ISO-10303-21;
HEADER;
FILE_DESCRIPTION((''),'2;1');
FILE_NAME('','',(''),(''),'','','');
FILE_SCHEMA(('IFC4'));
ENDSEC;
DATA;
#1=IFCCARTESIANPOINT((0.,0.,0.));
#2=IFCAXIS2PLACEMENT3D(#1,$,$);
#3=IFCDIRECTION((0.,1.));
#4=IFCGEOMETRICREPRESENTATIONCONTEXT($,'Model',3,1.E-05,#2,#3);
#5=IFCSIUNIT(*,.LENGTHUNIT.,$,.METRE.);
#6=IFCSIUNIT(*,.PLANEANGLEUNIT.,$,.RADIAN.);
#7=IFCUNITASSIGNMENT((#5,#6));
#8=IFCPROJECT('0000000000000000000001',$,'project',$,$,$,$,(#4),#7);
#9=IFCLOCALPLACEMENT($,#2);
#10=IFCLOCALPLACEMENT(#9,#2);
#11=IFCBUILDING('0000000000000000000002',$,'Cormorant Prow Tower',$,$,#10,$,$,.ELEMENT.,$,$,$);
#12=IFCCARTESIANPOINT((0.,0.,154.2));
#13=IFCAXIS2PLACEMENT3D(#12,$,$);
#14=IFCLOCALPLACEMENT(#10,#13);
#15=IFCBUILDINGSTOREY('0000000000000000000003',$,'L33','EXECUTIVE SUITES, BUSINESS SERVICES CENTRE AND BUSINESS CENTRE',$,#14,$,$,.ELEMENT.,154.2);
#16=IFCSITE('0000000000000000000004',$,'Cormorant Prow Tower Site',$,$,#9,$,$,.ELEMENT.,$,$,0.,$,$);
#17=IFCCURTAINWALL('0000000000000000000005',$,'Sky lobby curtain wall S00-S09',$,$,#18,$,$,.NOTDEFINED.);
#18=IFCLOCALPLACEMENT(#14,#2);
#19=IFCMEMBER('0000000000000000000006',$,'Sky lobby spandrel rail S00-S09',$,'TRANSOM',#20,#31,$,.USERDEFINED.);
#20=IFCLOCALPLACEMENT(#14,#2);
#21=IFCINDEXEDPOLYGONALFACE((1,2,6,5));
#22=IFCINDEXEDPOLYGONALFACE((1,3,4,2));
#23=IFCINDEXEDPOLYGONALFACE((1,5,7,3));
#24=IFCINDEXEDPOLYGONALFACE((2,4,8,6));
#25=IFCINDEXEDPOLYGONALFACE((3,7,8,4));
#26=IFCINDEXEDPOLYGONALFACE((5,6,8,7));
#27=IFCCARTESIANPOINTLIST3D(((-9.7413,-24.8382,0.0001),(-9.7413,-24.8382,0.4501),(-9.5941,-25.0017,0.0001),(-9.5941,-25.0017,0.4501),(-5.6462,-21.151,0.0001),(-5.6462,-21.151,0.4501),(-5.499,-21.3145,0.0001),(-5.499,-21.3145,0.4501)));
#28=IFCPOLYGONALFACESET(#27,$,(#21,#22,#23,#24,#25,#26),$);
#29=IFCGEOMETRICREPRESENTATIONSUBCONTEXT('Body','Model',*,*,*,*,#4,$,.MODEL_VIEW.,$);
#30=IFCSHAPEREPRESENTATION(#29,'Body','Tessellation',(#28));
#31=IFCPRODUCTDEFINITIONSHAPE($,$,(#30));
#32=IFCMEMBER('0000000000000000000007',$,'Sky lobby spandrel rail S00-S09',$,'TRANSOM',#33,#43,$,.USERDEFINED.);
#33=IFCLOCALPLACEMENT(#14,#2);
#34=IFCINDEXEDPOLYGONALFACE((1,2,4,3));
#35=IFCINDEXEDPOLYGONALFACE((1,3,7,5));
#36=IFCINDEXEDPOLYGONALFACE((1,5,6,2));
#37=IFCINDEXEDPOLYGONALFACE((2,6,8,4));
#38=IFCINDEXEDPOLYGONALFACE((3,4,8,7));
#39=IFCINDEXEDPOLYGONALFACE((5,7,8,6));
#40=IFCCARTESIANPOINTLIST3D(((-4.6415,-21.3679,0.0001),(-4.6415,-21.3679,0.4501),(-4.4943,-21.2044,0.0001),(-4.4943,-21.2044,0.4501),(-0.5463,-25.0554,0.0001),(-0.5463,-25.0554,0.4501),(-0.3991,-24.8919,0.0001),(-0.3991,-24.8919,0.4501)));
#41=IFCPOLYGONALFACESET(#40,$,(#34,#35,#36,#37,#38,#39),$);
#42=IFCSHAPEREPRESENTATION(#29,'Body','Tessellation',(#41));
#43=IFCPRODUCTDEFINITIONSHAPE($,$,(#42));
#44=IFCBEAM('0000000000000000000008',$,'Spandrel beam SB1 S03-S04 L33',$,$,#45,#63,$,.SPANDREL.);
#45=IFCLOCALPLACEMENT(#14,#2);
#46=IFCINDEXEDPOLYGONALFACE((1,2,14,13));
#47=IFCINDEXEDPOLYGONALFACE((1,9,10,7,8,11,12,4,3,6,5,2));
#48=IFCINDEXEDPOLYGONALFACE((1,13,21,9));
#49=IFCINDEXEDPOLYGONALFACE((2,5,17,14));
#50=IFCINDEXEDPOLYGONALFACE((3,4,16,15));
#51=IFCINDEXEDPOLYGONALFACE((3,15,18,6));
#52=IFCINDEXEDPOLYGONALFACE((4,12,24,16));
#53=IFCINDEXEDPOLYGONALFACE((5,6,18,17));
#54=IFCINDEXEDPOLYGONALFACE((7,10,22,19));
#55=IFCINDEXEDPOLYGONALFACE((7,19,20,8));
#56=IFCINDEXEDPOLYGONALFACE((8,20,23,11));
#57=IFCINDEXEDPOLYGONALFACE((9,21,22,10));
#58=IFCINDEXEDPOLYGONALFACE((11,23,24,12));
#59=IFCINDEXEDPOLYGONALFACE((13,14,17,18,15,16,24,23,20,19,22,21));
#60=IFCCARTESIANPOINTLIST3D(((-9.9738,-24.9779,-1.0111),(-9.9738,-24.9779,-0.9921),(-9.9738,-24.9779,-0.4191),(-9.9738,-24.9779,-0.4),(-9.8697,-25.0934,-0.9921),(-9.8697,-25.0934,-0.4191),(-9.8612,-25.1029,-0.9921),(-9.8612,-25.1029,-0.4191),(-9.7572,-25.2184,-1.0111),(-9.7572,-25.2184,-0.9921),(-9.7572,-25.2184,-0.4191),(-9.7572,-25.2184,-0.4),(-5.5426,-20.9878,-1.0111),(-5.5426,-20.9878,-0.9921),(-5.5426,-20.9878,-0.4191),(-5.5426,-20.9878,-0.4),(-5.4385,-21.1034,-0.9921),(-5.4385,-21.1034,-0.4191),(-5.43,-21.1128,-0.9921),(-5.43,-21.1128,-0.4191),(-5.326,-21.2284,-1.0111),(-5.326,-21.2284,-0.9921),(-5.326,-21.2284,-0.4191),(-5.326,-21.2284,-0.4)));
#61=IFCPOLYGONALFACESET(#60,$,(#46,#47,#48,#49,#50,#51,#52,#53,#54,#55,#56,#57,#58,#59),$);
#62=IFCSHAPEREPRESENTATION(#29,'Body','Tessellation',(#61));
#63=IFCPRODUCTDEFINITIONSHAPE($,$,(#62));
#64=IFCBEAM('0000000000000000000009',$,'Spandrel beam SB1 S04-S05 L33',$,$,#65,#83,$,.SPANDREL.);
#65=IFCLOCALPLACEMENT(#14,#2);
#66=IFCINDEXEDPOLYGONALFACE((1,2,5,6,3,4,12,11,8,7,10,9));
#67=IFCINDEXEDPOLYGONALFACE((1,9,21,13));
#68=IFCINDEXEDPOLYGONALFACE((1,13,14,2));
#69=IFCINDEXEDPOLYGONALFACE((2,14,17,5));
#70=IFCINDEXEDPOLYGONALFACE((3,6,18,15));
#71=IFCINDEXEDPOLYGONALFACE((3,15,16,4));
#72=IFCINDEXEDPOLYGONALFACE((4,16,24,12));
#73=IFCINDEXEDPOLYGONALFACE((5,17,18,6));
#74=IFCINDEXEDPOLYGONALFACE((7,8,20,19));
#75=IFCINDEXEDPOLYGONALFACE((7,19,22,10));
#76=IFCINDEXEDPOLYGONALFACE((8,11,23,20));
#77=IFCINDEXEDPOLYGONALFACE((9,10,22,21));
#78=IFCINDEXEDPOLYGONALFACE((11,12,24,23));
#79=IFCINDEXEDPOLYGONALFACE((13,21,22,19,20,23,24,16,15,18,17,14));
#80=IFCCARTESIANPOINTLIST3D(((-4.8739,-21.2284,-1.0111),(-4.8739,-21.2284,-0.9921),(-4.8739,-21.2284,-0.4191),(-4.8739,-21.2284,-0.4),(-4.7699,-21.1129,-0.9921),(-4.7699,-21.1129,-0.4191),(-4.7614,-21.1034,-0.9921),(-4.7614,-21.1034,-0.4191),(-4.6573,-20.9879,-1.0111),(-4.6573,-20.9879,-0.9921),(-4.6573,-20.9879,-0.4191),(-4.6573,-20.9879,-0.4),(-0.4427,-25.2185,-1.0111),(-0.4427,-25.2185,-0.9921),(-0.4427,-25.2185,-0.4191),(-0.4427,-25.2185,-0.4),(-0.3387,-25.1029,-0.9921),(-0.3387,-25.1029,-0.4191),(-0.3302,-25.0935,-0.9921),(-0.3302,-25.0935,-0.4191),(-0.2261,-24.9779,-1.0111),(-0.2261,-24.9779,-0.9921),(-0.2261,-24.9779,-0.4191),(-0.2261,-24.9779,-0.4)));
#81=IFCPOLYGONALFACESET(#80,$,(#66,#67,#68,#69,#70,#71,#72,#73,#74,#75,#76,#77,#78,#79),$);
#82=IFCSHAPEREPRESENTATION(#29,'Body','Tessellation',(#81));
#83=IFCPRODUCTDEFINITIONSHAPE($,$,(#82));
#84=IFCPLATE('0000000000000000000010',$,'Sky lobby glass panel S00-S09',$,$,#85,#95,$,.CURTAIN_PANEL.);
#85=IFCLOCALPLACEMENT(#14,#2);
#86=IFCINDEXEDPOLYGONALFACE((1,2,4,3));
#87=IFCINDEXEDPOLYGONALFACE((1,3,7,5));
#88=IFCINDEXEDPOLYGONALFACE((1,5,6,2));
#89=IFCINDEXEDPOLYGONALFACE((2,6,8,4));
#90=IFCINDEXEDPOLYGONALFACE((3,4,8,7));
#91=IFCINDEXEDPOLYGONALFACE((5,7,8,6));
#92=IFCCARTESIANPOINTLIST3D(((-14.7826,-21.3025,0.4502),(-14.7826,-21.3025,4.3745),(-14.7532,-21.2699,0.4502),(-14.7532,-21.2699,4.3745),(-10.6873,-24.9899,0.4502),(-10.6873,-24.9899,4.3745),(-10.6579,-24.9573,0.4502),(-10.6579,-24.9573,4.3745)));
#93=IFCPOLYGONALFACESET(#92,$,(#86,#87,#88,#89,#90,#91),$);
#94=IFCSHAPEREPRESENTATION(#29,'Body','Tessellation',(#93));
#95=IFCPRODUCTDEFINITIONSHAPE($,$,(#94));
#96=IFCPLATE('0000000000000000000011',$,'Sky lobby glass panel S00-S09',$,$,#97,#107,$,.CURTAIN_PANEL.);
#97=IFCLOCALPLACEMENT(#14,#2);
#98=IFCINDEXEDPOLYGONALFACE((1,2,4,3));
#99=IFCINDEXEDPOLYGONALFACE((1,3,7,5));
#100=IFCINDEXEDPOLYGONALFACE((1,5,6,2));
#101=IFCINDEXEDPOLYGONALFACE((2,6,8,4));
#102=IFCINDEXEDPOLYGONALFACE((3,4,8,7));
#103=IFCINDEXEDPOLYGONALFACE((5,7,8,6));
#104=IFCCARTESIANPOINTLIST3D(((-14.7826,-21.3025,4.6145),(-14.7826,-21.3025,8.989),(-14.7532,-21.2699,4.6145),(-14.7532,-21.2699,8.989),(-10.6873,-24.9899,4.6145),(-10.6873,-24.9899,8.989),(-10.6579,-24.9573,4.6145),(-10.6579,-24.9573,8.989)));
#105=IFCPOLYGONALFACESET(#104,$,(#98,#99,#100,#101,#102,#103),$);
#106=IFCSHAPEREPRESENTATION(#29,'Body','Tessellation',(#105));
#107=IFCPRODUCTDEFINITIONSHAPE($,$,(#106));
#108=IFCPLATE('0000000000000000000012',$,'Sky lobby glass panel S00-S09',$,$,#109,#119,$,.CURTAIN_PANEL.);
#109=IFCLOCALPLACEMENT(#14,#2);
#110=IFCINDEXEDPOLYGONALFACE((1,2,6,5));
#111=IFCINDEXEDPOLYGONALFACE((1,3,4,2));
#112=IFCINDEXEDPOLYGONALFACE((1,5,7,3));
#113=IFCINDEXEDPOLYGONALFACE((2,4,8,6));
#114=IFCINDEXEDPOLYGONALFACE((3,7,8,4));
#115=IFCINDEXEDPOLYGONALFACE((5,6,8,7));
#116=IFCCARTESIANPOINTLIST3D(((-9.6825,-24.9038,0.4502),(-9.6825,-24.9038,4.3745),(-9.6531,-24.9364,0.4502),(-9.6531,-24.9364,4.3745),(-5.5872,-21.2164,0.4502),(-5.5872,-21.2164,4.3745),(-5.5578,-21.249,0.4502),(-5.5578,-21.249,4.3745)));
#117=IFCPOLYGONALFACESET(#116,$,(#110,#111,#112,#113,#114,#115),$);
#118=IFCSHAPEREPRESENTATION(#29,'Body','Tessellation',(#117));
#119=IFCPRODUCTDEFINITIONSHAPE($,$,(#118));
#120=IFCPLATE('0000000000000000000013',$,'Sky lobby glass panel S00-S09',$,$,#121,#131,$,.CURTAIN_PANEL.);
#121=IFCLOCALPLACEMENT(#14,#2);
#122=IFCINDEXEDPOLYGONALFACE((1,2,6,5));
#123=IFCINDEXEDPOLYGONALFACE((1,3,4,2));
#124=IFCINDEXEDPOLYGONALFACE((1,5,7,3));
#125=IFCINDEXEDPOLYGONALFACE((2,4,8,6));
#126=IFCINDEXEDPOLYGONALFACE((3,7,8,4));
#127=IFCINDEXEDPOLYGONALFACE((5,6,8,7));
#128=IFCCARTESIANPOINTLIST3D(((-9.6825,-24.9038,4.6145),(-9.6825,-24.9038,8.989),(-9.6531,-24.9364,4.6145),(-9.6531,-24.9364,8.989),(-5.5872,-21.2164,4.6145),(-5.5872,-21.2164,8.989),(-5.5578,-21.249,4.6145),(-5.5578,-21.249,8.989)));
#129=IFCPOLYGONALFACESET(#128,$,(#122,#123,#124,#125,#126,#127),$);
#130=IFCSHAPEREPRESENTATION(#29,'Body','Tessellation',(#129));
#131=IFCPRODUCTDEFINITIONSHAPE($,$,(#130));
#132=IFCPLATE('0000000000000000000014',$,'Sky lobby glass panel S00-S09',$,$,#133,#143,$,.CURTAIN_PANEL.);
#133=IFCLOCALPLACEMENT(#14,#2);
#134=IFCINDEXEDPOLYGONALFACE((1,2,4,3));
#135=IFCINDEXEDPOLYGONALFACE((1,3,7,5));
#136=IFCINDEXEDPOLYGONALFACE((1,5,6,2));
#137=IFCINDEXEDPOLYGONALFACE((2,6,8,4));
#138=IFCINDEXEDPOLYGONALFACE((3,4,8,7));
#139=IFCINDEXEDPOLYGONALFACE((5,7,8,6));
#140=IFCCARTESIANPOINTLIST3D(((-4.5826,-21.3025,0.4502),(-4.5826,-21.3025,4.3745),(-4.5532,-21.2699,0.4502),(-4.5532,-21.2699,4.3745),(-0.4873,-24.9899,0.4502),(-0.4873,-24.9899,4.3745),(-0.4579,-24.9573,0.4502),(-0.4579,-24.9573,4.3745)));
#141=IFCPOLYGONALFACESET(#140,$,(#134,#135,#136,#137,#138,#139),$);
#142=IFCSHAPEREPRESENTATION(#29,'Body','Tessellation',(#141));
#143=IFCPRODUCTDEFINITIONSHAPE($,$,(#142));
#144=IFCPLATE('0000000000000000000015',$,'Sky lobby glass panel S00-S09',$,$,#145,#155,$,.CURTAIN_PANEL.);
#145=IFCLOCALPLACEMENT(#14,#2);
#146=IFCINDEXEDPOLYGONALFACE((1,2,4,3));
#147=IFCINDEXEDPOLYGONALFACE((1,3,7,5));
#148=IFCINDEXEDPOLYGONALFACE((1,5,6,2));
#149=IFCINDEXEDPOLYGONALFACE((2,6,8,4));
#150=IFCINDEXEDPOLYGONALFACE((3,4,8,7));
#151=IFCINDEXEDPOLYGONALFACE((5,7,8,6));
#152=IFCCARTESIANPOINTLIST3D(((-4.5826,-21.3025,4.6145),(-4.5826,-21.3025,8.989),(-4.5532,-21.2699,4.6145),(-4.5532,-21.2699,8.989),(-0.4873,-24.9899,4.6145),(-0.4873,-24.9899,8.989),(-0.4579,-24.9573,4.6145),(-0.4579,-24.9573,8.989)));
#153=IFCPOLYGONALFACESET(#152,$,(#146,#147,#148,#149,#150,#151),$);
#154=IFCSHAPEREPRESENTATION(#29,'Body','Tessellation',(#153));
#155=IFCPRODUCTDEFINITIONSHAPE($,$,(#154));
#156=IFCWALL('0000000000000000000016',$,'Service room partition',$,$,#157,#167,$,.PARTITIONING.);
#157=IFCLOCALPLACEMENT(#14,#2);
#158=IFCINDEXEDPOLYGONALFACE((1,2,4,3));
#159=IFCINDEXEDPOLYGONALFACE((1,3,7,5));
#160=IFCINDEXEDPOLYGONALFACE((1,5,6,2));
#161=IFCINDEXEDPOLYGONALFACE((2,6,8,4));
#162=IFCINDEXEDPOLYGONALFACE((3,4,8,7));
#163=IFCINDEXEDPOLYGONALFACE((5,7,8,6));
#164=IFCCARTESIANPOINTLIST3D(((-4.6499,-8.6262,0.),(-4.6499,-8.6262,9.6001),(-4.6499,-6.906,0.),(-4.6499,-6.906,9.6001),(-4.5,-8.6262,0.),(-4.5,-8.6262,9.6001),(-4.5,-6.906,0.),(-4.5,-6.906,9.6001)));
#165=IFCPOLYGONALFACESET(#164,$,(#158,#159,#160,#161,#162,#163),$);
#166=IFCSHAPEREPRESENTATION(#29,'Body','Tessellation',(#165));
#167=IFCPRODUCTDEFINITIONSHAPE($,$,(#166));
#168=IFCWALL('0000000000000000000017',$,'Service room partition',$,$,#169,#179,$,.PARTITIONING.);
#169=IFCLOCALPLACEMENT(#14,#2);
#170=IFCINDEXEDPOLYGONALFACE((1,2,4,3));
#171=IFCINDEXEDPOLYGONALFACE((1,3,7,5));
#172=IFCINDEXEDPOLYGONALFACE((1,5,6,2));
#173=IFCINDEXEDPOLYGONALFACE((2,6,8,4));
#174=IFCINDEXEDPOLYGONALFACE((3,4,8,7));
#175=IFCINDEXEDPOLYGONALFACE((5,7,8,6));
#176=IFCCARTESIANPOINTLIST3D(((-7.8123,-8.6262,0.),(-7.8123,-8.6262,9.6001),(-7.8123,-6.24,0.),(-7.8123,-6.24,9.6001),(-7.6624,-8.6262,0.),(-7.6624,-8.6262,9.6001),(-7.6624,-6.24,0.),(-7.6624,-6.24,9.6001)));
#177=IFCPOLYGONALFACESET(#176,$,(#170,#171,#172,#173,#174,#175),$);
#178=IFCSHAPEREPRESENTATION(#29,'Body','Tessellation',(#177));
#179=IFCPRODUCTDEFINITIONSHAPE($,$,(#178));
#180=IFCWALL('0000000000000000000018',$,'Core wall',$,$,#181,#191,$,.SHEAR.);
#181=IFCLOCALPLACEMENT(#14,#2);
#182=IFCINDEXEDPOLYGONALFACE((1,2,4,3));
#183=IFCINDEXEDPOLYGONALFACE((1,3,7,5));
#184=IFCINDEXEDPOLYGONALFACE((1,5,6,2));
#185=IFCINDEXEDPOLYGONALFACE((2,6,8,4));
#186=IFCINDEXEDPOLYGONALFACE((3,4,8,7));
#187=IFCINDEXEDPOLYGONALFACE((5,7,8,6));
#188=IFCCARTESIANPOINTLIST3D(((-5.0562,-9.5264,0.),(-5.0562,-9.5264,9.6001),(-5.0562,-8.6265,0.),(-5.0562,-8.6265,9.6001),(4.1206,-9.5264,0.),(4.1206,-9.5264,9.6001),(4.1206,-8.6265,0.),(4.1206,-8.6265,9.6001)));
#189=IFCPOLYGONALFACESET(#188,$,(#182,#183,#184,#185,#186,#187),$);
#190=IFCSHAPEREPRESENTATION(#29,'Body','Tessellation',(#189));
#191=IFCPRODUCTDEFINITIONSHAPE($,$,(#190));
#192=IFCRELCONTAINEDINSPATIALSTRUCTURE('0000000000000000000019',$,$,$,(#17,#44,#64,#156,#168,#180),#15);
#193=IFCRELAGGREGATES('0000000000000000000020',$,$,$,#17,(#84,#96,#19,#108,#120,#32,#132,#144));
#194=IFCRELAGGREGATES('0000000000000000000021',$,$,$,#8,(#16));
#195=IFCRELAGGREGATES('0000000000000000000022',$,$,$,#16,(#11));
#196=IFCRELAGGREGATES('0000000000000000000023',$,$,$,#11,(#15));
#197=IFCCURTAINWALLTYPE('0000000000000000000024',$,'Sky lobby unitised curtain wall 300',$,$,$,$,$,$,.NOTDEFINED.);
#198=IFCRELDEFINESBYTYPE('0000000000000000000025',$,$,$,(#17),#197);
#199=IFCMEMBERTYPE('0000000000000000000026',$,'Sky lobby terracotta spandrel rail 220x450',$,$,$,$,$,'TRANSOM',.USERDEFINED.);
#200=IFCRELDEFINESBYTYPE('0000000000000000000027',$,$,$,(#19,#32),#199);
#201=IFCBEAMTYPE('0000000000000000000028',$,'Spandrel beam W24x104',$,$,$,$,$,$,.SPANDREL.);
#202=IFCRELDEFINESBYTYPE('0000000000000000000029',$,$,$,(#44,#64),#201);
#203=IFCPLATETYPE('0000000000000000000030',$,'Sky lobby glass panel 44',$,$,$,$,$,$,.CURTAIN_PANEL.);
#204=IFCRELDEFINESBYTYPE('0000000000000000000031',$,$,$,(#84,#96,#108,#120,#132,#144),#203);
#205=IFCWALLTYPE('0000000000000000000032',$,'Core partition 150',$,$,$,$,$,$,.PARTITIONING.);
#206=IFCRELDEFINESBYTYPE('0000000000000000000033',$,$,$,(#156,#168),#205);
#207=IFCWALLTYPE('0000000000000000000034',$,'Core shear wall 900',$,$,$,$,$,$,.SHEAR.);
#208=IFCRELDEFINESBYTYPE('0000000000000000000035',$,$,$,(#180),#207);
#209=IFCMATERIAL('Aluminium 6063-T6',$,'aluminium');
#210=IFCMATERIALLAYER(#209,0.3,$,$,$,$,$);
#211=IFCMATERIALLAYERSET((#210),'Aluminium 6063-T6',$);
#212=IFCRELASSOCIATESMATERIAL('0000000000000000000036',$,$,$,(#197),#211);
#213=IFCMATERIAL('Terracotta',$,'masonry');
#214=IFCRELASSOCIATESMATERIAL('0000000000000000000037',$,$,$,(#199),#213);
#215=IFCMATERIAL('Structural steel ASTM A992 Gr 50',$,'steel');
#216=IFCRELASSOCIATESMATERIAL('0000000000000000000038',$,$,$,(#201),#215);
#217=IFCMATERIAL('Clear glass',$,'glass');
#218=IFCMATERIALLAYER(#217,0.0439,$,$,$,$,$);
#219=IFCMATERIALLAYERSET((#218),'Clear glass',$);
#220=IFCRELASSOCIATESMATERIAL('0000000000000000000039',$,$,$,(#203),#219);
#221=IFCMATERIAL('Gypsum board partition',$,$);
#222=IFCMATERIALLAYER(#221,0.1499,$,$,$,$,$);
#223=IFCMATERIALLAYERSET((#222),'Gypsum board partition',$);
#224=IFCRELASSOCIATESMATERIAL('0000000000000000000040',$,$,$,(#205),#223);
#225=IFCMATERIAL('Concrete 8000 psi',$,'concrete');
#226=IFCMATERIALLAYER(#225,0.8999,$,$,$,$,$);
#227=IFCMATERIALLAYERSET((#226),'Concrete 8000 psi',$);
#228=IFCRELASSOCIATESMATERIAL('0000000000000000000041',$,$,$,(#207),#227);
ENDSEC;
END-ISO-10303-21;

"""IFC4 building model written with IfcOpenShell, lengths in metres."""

from ifc_helpers import new_model, si_unit, direction, frame, frame_2d, origin, origin_2d, place, context, subcontext, project, spatial, rectangle, i_section, extrude, material, layer, layer_set, material_profile, profile_set, type_object, element, aggregate, save


model = new_model("IFC4")

# Units and contexts
model_context = context("Model", 3, precision=1e-05, world=origin(), true_north=direction((0.0, 1.0)))
body_context = subcontext(model_context, "Body", "Model", "MODEL_VIEW")
ifc_project = project(units=[si_unit("LENGTHUNIT", "METRE"), si_unit("PLANEANGLEUNIT", "RADIAN")], contexts=[model_context])

# Site, building, storey
site_placement = place(None, origin())
site = spatial("IfcSite", under=ifc_project, at=site_placement, Name="Cormorant Prow Tower Site", CompositionType="ELEMENT", RefElevation=0.0)
building_placement = place(site_placement, origin())
building = spatial("IfcBuilding", under=site, at=building_placement, Name="Cormorant Prow Tower", CompositionType="ELEMENT")
storey_placement = place(building_placement, frame((0.0, 0.0, 154.2)))
storey = spatial("IfcBuildingStorey", under=building, at=storey_placement, Name="L33", Description="EXECUTIVE SUITES, BUSINESS SERVICES CENTRE AND BUSINESS CENTRE", CompositionType="ELEMENT", Elevation=154.2)

# Curtain wall, members
ifc_material_1 = material(Name="Aluminium 6063-T6", Category="aluminium")
ifc_layer_1 = layer(ifc_material_1, 0.3)
ifc_layer_set_1 = layer_set([ifc_layer_1], Name="Aluminium 6063-T6")
curtain_wall_type = type_object("IfcCurtainWallType", Name="Sky lobby unitised curtain wall 300", PredefinedType="NOTDEFINED", material=ifc_layer_set_1)
curtain_wall_placement = place(storey_placement, origin())
curtain_wall = element("IfcCurtainWall", 1, at=curtain_wall_placement, inside=storey, type_object=curtain_wall_type, Name="Sky lobby curtain wall S00-S09", PredefinedType="NOTDEFINED")
ifc_material_2 = material(Name="Terracotta", Category="masonry")
ifc_material_profile_1 = material_profile(ifc_material_2, rectangle(XDim=0.22, YDim=0.45, at=origin_2d()), Name="Sky lobby terracotta spandrel rail 220x450")
ifc_profile_set_1 = profile_set([ifc_material_profile_1], Name="Terracotta")
member_type_1 = type_object("IfcMemberType", Name="Sky lobby terracotta spandrel rail 220x450", ElementType="TRANSOM", PredefinedType="USERDEFINED", material=ifc_profile_set_1)
member_1_placement = place(storey_placement, frame((-9.6677, -24.9199, 0.2251), z_axis=(0.743153, 0.669121, 0.0), x_axis=(-0.669121, 0.743153, 0.0)))
member_1 = element("IfcMember", 2, at=member_1_placement, type_object=member_type_1, Name="Sky lobby spandrel rail S00-S09", ObjectType="TRANSOM", PredefinedType="USERDEFINED", context=body_context, shape_type="SweptSolid", body=[
    extrude(rectangle(XDim=0.22, YDim=0.45, at=origin_2d()), origin(), (0.0, 0.0, 1.0), 5.5105),
])
member_2_placement = place(storey_placement, frame((-4.5679, -21.2861, 0.2251), z_axis=(0.743131, -0.669146, 0.0), x_axis=(0.669146, 0.743131, 0.0)))
member_2 = element("IfcMember", 3, at=member_2_placement, type_object=member_type_1, Name="Sky lobby spandrel rail S00-S09", ObjectType="TRANSOM", PredefinedType="USERDEFINED", context=body_context, shape_type="SweptSolid", body=[
    extrude(rectangle(XDim=0.22, YDim=0.45, at=origin_2d()), origin(), (0.0, 0.0, 1.0), 5.5107),
])

# Beams
ifc_material_3 = material(Name="Structural steel ASTM A992 Gr 50", Category="steel")
ifc_material_profile_2 = material_profile(ifc_material_3, i_section(OverallWidth=0.3237, OverallDepth=0.6111, WebThickness=0.0127, FlangeThickness=0.019, at=origin_2d()), Name="W24x104")
ifc_profile_set_2 = profile_set([ifc_material_profile_2], Name="Structural steel ASTM A992 Gr 50")
beam_type_1 = type_object("IfcBeamType", Name="Spandrel beam W24x104", PredefinedType="SPANDREL", material=ifc_profile_set_2)
for number, where, z_axis, x_axis, name in (
    (4, (-9.8655, -25.0981, -0.7056), (0.743131, 0.669146, 0.0), (-0.669146, 0.743131, 0.0), "Spandrel beam SB1 S03-S04 L33"),
    (5, (-4.7656, -21.1082, -0.7056), (0.743131, -0.669146, 0.0), (0.669146, 0.743131, 0.0), "Spandrel beam SB1 S04-S05 L33"),
):
    element("IfcBeam", number, at=place(storey_placement, frame(where, z_axis=z_axis, x_axis=x_axis)), inside=storey, type_object=beam_type_1, Name=name, PredefinedType="SPANDREL", context=body_context, shape_type="SweptSolid", body=[
        extrude(i_section(OverallWidth=0.3237, OverallDepth=0.6111, WebThickness=0.0127, FlangeThickness=0.019, at=origin_2d()), origin(), (0.0, 0.0, 1.0), 5.9629),
    ])

# Plates
ifc_material_4 = material(Name="Clear glass", Category="glass")
ifc_layer_2 = layer(ifc_material_4, 0.0439)
ifc_layer_set_2 = layer_set([ifc_layer_2], Name="Clear glass")
plate_type = type_object("IfcPlateType", Name="Sky lobby glass panel 44", PredefinedType="CURTAIN_PANEL", material=ifc_layer_set_2)
plate_1_placement = place(storey_placement, frame((-12.7202, -23.1299, 0.4502), z_axis=(0.0, 0.0, 1.0), x_axis=(0.743145, -0.669131, 0.0)))
plate_1 = element("IfcPlate", 6, at=plate_1_placement, type_object=plate_type, Name="Sky lobby glass panel S00-S09", PredefinedType="CURTAIN_PANEL", context=body_context, shape_type="SweptSolid", body=[
    extrude(rectangle(XDim=5.5107, YDim=0.0439, at=origin_2d()), origin(), (0.0, 0.0, 1.0), 3.9243),
])
plate_2_placement = place(storey_placement, frame((-12.7202, -23.1299, 4.6145), z_axis=(0.0, 0.0, 1.0), x_axis=(0.743145, -0.669131, 0.0)))
plate_2 = element("IfcPlate", 7, at=plate_2_placement, type_object=plate_type, Name="Sky lobby glass panel S00-S09", PredefinedType="CURTAIN_PANEL", context=body_context, shape_type="SweptSolid", body=[
    extrude(rectangle(XDim=5.5107, YDim=0.0439, at=origin_2d()), origin(), (0.0, 0.0, 1.0), 4.3745),
])
plate_3_placement = place(storey_placement, frame((-7.6201, -23.0764, 0.4502), z_axis=(0.0, 0.0, 1.0), x_axis=(0.743145, 0.669131, 0.0)))
plate_3 = element("IfcPlate", 8, at=plate_3_placement, type_object=plate_type, Name="Sky lobby glass panel S00-S09", PredefinedType="CURTAIN_PANEL", context=body_context, shape_type="SweptSolid", body=[
    extrude(rectangle(XDim=5.5107, YDim=0.0439, at=origin_2d()), origin(), (0.0, 0.0, 1.0), 3.9243),
])
plate_4_placement = place(storey_placement, frame((-7.6201, -23.0764, 4.6145), z_axis=(0.0, 0.0, 1.0), x_axis=(0.743145, 0.669131, 0.0)))
plate_4 = element("IfcPlate", 9, at=plate_4_placement, type_object=plate_type, Name="Sky lobby glass panel S00-S09", PredefinedType="CURTAIN_PANEL", context=body_context, shape_type="SweptSolid", body=[
    extrude(rectangle(XDim=5.5107, YDim=0.0439, at=origin_2d()), origin(), (0.0, 0.0, 1.0), 4.3745),
])
plate_5_placement = place(storey_placement, frame((-2.5203, -23.1299, 0.4502), z_axis=(0.0, 0.0, 1.0), x_axis=(0.743145, -0.669131, 0.0)))
plate_5 = element("IfcPlate", 10, at=plate_5_placement, type_object=plate_type, Name="Sky lobby glass panel S00-S09", PredefinedType="CURTAIN_PANEL", context=body_context, shape_type="SweptSolid", body=[
    extrude(rectangle(XDim=5.5107, YDim=0.0439, at=origin_2d()), origin(), (0.0, 0.0, 1.0), 3.9243),
])
plate_6_placement = place(storey_placement, frame((-2.5203, -23.1299, 4.6145), z_axis=(0.0, 0.0, 1.0), x_axis=(0.743145, -0.669131, 0.0)))
plate_6 = element("IfcPlate", 11, at=plate_6_placement, type_object=plate_type, Name="Sky lobby glass panel S00-S09", PredefinedType="CURTAIN_PANEL", context=body_context, shape_type="SweptSolid", body=[
    extrude(rectangle(XDim=5.5107, YDim=0.0439, at=origin_2d()), origin(), (0.0, 0.0, 1.0), 4.3745),
])
aggregate(curtain_wall, [plate_1, plate_2, member_1, plate_3, plate_4, member_2, plate_5, plate_6])

# Walls
ifc_material_5 = material(Name="Gypsum board partition")
ifc_layer_3 = layer(ifc_material_5, 0.1499)
ifc_layer_set_3 = layer_set([ifc_layer_3], Name="Gypsum board partition")
wall_type_1 = type_object("IfcWallType", Name="Core partition 150", PredefinedType="PARTITIONING", material=ifc_layer_set_3)
wall_1_placement = place(storey_placement, frame((-4.575, -6.906, 0.0), z_axis=(0.0, 0.0, 1.0), x_axis=(0.0, -1.0, 0.0)))
element("IfcWall", 12, at=wall_1_placement, inside=storey, type_object=wall_type_1, Name="Service room partition", PredefinedType="PARTITIONING", context=body_context, shape_type="SweptSolid", body=[
    extrude(rectangle(XDim=1.7202, YDim=0.1499, at=frame_2d((0.8601, 0.0))), origin(), (0.0, 0.0, 1.0), 9.6001),
])
wall_2_placement = place(storey_placement, frame((-7.7373, -8.6262, 0.0), z_axis=(0.0, 0.0, 1.0), x_axis=(0.0, 1.0, 0.0)))
element("IfcWall", 13, at=wall_2_placement, inside=storey, type_object=wall_type_1, Name="Service room partition", PredefinedType="PARTITIONING", context=body_context, shape_type="SweptSolid", body=[
    extrude(rectangle(XDim=2.3862, YDim=0.1499, at=frame_2d((1.1931, 0.0))), origin(), (0.0, 0.0, 1.0), 9.6001),
])
ifc_material_6 = material(Name="Concrete 8000 psi", Category="concrete")
ifc_layer_4 = layer(ifc_material_6, 0.8999)
ifc_layer_set_4 = layer_set([ifc_layer_4], Name="Concrete 8000 psi")
wall_type_2 = type_object("IfcWallType", Name="Core shear wall 900", PredefinedType="SHEAR", material=ifc_layer_set_4)
wall_3_placement = place(storey_placement, frame((-5.0562, -9.0764, 0.0), z_axis=(0.0, 0.0, 1.0), x_axis=(1.0, 0.0, 0.0)))
element("IfcWall", 14, at=wall_3_placement, inside=storey, type_object=wall_type_2, Name="Core wall", PredefinedType="SHEAR", context=body_context, shape_type="SweptSolid", body=[
    extrude(rectangle(XDim=9.1768, YDim=0.8999, at=frame_2d((4.5884, 0.0))), origin(), (0.0, 0.0, 1.0), 9.6001),
])

save(model, "model.ifc")
